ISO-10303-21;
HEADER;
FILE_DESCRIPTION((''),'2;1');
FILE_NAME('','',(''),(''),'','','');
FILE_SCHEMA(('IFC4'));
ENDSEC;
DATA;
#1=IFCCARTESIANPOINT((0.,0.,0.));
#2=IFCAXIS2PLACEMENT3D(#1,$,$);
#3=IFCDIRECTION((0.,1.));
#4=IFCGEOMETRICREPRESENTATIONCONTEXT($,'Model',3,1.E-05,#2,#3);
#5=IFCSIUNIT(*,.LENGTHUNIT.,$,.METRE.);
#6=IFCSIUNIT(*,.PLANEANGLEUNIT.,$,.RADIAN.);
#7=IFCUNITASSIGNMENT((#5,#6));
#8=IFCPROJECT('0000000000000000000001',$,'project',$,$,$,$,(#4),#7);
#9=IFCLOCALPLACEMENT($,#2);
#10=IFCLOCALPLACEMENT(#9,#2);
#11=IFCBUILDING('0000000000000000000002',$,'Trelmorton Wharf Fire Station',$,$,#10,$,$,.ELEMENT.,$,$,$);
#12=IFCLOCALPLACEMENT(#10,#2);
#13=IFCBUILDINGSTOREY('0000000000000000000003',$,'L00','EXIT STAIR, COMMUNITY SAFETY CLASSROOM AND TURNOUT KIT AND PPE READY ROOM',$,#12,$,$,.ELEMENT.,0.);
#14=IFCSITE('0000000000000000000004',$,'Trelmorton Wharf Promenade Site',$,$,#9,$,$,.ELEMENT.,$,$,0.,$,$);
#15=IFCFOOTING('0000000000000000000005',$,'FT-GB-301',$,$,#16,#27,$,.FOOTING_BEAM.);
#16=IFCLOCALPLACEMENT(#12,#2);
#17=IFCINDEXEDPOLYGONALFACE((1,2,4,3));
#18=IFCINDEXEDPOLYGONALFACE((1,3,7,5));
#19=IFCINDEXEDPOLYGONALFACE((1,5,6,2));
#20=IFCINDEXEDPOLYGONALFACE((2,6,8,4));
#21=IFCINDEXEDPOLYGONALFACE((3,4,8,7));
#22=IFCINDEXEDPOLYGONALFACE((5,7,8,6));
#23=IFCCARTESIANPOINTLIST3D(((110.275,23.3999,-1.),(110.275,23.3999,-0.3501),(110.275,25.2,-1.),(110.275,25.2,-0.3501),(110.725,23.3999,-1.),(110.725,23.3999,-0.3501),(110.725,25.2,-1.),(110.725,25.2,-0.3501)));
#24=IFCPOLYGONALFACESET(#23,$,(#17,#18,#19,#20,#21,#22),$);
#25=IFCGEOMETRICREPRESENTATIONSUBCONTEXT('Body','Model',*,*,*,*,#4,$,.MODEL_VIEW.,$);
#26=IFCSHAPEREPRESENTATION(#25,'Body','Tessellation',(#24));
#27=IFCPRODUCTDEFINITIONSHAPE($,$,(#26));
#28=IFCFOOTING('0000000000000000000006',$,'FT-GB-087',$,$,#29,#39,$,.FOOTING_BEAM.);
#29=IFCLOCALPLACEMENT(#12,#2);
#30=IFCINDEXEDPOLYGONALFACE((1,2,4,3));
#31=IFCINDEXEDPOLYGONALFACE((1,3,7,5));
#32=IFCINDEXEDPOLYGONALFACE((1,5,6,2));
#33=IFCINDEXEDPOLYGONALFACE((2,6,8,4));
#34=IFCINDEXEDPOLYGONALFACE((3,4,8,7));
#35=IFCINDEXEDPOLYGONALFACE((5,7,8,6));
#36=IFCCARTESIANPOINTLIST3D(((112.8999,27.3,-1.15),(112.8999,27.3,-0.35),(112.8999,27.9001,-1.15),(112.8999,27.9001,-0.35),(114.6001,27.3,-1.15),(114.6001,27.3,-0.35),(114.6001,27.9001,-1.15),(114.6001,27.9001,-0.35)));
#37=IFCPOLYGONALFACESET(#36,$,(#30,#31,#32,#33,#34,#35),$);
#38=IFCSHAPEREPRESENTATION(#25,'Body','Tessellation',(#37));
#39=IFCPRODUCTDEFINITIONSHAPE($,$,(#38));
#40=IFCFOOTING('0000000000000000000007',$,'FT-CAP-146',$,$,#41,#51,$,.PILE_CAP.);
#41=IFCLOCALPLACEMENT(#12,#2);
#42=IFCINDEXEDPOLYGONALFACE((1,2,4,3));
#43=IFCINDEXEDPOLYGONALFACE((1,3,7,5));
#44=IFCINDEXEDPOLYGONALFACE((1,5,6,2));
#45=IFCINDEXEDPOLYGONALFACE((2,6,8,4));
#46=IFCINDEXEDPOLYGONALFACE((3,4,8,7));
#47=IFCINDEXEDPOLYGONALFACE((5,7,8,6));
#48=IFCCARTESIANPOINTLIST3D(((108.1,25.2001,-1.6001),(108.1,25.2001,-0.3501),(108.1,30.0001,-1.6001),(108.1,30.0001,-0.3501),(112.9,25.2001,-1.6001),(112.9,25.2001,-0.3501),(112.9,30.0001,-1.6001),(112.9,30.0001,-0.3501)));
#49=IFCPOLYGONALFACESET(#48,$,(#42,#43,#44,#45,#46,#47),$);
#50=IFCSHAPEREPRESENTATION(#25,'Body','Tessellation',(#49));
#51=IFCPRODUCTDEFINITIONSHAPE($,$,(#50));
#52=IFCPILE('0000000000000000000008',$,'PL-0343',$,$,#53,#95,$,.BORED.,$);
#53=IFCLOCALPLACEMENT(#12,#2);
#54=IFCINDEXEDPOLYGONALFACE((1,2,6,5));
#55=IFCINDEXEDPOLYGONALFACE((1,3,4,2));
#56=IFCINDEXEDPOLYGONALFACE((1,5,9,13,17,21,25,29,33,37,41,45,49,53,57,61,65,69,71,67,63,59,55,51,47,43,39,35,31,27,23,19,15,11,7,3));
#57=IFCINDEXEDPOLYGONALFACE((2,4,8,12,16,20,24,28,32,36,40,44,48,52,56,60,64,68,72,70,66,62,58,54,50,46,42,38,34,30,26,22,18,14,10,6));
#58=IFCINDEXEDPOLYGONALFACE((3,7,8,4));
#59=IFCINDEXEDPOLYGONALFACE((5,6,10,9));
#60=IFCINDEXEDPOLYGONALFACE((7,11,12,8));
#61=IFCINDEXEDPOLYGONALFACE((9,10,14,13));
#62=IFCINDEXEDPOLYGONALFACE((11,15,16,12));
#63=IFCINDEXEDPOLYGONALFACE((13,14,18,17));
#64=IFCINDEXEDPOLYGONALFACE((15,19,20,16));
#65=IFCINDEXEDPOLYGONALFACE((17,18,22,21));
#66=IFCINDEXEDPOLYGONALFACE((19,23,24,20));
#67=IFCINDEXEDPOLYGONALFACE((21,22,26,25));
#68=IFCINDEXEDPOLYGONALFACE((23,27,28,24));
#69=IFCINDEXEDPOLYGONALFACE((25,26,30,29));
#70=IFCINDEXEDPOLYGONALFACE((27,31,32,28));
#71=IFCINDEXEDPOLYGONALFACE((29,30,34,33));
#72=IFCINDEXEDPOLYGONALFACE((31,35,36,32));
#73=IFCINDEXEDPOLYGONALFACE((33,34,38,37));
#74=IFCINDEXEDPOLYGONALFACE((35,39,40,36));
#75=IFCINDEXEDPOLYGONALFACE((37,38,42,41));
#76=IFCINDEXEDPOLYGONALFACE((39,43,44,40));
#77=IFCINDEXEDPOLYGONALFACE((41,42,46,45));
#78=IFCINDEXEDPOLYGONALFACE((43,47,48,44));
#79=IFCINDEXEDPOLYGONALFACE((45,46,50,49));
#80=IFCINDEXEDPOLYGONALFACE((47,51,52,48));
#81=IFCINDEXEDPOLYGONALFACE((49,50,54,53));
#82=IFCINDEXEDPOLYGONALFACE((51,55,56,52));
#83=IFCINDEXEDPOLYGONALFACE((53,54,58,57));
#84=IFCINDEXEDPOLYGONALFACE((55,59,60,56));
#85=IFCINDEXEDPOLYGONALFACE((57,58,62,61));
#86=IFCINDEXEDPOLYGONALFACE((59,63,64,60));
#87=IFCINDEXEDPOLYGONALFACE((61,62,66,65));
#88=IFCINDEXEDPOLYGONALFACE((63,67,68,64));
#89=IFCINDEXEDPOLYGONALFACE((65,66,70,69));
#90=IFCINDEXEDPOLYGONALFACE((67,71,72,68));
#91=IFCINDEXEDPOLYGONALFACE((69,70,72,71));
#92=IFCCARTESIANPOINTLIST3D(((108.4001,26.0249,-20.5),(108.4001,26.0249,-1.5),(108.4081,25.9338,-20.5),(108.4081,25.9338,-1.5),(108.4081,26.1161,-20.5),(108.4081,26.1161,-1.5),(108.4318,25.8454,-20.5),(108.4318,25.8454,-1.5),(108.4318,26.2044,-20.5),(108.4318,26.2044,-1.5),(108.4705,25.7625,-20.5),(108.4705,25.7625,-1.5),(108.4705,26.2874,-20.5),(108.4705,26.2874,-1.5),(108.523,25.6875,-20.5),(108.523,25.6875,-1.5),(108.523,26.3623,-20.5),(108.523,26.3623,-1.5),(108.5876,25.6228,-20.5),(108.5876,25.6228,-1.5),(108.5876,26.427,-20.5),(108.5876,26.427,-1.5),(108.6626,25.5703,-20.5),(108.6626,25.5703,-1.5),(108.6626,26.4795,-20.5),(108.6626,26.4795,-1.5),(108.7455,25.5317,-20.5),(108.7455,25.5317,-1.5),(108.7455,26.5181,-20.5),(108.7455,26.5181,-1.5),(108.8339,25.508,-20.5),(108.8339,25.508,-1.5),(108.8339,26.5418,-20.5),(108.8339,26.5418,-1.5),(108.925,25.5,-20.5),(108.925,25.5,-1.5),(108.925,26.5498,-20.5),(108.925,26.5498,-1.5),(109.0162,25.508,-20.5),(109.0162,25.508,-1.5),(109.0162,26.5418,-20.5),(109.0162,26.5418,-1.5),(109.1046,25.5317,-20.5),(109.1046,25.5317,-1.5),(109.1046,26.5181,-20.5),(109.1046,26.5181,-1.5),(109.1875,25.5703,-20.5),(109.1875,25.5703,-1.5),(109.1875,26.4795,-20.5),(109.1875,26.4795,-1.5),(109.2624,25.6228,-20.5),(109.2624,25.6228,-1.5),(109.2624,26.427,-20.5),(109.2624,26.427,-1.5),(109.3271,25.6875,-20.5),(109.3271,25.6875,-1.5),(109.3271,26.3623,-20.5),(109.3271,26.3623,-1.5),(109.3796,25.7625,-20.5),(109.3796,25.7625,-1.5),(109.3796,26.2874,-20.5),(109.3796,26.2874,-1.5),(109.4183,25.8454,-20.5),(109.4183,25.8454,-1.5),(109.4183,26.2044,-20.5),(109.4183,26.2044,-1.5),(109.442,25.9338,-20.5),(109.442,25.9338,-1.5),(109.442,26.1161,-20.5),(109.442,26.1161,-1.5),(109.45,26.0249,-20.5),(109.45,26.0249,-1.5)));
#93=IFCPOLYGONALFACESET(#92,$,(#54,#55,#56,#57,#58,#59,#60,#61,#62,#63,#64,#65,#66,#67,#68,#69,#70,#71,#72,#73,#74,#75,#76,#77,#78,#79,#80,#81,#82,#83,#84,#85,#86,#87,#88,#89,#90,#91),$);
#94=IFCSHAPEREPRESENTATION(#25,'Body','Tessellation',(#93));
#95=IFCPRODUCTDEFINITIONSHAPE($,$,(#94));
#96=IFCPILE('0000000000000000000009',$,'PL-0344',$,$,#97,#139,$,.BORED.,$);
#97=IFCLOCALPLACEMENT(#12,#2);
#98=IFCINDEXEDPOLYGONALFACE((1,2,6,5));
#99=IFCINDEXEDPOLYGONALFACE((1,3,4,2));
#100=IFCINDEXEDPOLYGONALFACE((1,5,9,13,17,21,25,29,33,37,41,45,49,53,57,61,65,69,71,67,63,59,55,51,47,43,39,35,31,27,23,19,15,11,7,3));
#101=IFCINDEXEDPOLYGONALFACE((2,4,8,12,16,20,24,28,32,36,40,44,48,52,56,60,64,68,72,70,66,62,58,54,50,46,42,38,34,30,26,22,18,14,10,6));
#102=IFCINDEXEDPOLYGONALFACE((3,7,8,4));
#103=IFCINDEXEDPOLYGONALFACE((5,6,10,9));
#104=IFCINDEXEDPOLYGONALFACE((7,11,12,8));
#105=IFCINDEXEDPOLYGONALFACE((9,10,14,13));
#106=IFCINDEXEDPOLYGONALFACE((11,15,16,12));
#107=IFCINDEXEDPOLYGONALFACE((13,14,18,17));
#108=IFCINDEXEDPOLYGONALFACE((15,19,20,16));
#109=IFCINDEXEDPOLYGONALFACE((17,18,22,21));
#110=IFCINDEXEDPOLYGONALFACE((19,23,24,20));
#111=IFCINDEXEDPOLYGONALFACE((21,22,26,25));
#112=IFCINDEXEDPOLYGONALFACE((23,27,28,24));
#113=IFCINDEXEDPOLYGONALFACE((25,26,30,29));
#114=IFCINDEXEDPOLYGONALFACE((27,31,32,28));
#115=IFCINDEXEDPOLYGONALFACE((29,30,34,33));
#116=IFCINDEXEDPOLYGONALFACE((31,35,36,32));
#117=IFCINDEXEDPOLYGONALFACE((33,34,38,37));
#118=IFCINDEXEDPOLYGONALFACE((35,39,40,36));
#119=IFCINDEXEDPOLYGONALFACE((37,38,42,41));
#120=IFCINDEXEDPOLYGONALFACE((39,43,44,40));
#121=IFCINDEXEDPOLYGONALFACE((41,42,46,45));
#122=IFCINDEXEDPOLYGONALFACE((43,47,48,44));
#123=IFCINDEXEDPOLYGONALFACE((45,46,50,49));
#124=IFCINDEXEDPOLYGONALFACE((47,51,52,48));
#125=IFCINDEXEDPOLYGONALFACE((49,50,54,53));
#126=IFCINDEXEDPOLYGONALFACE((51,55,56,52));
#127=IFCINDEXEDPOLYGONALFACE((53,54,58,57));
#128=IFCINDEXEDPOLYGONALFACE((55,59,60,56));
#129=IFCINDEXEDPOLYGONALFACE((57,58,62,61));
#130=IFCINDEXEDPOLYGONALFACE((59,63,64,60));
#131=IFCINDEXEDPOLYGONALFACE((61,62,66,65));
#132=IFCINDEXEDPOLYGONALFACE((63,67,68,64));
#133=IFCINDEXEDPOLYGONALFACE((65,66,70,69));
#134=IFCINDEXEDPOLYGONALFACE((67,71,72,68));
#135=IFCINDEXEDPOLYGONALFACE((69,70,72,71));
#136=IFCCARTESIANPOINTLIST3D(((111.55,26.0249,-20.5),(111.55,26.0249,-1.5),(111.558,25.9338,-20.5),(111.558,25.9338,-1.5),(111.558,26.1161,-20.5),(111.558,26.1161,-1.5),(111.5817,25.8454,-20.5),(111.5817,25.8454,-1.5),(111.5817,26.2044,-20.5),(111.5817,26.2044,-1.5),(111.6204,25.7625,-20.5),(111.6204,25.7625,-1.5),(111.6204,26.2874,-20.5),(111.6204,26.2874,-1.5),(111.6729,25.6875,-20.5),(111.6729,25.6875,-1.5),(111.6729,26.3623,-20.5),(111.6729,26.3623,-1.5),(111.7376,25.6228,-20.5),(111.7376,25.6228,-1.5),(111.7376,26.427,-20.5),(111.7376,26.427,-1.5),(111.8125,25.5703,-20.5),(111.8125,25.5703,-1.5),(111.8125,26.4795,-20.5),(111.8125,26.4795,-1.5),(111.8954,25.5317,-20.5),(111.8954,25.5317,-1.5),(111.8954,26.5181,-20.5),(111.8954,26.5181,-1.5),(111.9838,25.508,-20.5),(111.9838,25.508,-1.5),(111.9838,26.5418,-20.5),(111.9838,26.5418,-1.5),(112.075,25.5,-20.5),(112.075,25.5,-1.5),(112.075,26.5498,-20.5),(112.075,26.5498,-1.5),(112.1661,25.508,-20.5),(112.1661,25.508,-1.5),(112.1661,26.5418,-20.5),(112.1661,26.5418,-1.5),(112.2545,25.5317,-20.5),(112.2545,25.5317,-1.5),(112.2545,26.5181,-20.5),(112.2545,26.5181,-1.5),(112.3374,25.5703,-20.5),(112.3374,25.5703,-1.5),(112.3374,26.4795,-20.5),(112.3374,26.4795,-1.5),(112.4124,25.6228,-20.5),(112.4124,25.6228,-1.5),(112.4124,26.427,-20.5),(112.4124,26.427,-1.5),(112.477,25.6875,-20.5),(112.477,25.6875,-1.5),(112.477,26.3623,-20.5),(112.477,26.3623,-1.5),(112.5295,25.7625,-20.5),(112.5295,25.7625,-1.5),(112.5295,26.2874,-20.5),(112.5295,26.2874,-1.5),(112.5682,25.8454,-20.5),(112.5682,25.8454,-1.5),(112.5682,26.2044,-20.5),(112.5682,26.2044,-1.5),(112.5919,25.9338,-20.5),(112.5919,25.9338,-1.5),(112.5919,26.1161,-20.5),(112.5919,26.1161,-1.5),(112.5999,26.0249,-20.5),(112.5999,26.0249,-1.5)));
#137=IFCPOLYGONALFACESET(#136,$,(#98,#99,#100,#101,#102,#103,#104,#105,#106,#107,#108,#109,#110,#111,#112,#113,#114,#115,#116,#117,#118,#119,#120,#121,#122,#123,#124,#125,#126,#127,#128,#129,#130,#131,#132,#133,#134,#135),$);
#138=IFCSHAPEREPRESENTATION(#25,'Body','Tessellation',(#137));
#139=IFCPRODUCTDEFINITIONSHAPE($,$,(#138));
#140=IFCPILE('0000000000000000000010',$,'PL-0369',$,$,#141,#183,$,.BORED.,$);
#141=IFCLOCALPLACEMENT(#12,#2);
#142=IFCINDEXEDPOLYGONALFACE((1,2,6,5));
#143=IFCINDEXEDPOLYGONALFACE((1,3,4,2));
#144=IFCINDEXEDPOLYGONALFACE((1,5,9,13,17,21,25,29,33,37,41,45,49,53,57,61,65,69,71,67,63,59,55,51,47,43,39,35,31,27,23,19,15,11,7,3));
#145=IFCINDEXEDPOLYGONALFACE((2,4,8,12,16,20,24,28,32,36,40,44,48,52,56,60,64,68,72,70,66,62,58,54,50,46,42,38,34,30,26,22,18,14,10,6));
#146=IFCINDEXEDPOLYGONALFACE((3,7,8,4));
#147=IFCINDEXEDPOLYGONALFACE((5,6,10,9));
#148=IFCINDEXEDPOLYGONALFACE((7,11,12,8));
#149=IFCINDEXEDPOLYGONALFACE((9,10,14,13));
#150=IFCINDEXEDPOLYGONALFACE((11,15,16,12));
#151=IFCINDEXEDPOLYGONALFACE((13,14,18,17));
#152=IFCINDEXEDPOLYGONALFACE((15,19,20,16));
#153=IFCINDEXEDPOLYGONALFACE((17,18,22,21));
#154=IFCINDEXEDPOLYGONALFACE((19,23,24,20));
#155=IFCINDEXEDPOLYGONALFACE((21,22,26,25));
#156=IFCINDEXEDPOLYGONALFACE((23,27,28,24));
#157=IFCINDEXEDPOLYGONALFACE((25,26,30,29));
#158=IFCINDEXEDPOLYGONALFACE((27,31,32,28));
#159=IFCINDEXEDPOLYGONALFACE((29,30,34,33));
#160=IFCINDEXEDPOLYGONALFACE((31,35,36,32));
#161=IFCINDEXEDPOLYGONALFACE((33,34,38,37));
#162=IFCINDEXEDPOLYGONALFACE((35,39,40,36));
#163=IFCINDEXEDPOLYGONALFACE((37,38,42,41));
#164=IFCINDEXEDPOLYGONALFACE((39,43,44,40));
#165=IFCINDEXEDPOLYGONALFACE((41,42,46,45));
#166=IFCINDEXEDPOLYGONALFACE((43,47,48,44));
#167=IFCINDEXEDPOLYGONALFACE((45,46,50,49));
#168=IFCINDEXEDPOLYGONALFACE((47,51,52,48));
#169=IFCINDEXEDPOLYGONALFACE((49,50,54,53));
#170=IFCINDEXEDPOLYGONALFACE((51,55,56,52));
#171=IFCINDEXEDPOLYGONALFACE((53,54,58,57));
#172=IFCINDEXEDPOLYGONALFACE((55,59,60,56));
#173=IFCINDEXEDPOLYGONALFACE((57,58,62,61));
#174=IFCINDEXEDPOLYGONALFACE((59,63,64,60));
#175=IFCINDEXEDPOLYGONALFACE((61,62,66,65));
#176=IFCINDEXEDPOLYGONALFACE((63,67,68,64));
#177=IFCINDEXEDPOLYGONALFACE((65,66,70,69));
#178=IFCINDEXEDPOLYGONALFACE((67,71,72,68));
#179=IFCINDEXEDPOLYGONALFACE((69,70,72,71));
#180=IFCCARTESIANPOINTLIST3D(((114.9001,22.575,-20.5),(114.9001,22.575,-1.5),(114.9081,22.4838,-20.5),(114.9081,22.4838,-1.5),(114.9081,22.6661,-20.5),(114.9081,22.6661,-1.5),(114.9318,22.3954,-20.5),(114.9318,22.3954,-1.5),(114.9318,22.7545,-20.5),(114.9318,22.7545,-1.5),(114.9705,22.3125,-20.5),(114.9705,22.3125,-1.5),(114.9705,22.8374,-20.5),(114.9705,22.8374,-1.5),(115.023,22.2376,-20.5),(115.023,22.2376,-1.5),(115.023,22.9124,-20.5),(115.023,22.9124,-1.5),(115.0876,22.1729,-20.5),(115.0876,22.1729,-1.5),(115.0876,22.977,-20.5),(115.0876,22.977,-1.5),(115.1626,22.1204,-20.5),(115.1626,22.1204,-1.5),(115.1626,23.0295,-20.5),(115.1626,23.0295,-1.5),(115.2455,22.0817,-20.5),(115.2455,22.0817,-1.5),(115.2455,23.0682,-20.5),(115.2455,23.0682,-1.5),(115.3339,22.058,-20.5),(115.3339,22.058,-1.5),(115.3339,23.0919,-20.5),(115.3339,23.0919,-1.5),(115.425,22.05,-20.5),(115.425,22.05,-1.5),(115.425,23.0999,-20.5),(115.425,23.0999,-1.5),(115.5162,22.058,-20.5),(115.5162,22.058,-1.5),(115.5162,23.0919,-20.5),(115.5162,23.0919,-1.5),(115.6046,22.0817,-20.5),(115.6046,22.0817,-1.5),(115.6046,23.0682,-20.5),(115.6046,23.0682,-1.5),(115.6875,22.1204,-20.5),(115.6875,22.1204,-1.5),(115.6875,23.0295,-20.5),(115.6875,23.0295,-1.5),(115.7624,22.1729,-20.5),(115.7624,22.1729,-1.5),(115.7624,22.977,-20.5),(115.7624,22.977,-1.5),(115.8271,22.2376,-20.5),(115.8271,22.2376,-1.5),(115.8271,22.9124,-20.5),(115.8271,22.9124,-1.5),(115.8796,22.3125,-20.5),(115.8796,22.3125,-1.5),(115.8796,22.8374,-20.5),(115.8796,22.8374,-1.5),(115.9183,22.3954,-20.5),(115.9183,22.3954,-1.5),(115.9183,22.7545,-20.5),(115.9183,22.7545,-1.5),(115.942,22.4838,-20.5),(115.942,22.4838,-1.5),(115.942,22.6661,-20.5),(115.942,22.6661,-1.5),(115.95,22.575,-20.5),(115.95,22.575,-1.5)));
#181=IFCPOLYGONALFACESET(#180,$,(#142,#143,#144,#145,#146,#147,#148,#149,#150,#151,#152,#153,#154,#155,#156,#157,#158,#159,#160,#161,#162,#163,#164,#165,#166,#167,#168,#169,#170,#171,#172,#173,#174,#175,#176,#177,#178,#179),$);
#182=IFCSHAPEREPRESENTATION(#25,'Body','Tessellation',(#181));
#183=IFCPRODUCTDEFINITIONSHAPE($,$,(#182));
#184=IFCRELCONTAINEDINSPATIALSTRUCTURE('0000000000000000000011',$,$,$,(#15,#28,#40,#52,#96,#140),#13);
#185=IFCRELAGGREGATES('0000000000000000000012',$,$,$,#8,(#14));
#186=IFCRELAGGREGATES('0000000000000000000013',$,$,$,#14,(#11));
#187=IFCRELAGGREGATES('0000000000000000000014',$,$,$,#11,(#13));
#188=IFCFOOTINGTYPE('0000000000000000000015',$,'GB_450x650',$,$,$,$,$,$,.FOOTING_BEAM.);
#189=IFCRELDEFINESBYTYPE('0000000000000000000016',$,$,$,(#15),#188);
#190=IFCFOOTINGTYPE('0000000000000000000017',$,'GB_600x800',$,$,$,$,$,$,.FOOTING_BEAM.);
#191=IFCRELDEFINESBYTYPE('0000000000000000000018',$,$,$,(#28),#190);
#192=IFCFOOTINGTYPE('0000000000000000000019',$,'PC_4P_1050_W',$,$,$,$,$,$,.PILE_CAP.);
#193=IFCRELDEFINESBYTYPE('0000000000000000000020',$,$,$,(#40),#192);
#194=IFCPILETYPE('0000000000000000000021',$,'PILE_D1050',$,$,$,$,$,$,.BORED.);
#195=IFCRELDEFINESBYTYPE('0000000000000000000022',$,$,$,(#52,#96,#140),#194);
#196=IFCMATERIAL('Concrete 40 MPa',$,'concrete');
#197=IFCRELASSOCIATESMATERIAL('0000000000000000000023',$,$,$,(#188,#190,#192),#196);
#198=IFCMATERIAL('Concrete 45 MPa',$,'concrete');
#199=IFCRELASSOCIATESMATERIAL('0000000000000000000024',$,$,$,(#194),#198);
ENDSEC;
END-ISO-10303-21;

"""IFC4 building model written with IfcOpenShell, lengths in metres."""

from ifc_helpers import new_model, si_unit, direction, frame, origin, origin_2d, place, context, subcontext, project, spatial, rectangle, circle, extrude, material, material_profile, profile_set, type_object, element, save


model = new_model("IFC4")

# Units and contexts
model_context = context("Model", 3, precision=1e-05, world=origin(), true_north=direction((0.0, 1.0)))
body_context = subcontext(model_context, "Body", "Model", "MODEL_VIEW")
ifc_project = project(units=[si_unit("LENGTHUNIT", "METRE"), si_unit("PLANEANGLEUNIT", "RADIAN")], contexts=[model_context])

# Site, building, storey
site_placement = place(None, origin())
site = spatial("IfcSite", under=ifc_project, at=site_placement, Name="Trelmorton Wharf Promenade Site", CompositionType="ELEMENT", RefElevation=0.0)
building_placement = place(site_placement, origin())
building = spatial("IfcBuilding", under=site, at=building_placement, Name="Trelmorton Wharf Fire Station", CompositionType="ELEMENT")
storey_placement = place(building_placement, origin())
storey = spatial("IfcBuildingStorey", under=building, at=storey_placement, Name="L00", Description="EXIT STAIR, COMMUNITY SAFETY CLASSROOM AND TURNOUT KIT AND PPE READY ROOM", CompositionType="ELEMENT", Elevation=0.0)

# Footings
ifc_material_1 = material(Name="Concrete 40 MPa", Category="concrete")
ifc_material_profile_1 = material_profile(ifc_material_1, rectangle(XDim=0.45, YDim=0.6499, at=origin_2d()), Name="RC450x650")
ifc_profile_set_1 = profile_set([ifc_material_profile_1], Name="Concrete 40 MPa")
footing_type_1 = type_object("IfcFootingType", Name="GB_450x650", PredefinedType="FOOTING_BEAM", material=ifc_profile_set_1)
footing_1_placement = place(storey_placement, frame((110.5, 23.3999, -0.675), z_axis=(0.0, 1.0, 0.0), x_axis=(-1.0, 0.0, 0.0)))
element("IfcFooting", 1, at=footing_1_placement, inside=storey, type_object=footing_type_1, Name="FT-GB-301", PredefinedType="FOOTING_BEAM", context=body_context, shape_type="SweptSolid", body=[
    extrude(rectangle(XDim=0.45, YDim=0.6499, at=origin_2d()), origin(), (0.0, 0.0, 1.0), 1.8),
])
ifc_material_profile_2 = material_profile(ifc_material_1, rectangle(XDim=0.6001, YDim=0.8, at=origin_2d()), Name="RC600x800")
ifc_profile_set_2 = profile_set([ifc_material_profile_2], Name="Concrete 40 MPa")
footing_type_2 = type_object("IfcFootingType", Name="GB_600x800", PredefinedType="FOOTING_BEAM", material=ifc_profile_set_2)
footing_2_placement = place(storey_placement, frame((112.8999, 27.6001, -0.75), z_axis=(1.0, 0.0, 0.0), x_axis=(0.0, 1.0, 0.0)))
element("IfcFooting", 2, at=footing_2_placement, inside=storey, type_object=footing_type_2, Name="FT-GB-087", PredefinedType="FOOTING_BEAM", context=body_context, shape_type="SweptSolid", body=[
    extrude(rectangle(XDim=0.6001, YDim=0.8, at=origin_2d()), origin(), (0.0, 0.0, 1.0), 1.7002),
])
footing_type_3 = type_object("IfcFootingType", Name="PC_4P_1050_W", PredefinedType="PILE_CAP", material=ifc_material_1)
footing_3_placement = place(storey_placement, frame((110.5, 27.6001, -1.6001), z_axis=(0.0, 0.0, 1.0), x_axis=(1.0, 0.0, 0.0)))
element("IfcFooting", 3, at=footing_3_placement, inside=storey, type_object=footing_type_3, Name="FT-CAP-146", PredefinedType="PILE_CAP", context=body_context, shape_type="SweptSolid", body=[
    extrude(rectangle(XDim=4.8, YDim=4.8, at=origin_2d()), origin(), (0.0, 0.0, 1.0), 1.25),
])

# Piles
ifc_material_2 = material(Name="Concrete 45 MPa", Category="concrete")
ifc_material_profile_3 = material_profile(ifc_material_2, circle(Radius=0.5249, at=origin_2d()), Name="PILE-D1050")
ifc_profile_set_3 = profile_set([ifc_material_profile_3], Name="Concrete 45 MPa")
pile_type = type_object("IfcPileType", Name="PILE_D1050", PredefinedType="BORED", material=ifc_profile_set_3)
for number, where, z_axis, x_axis, name in (
    (4, (108.925, 26.0249, -1.5), (0.0, 0.0, -1.0), (1.0, 0.0, 0.0), "PL-0343"),
    (5, (112.075, 26.0249, -1.5), (0.0, 0.0, -1.0), (1.0, 0.0, 0.0), "PL-0344"),
    (6, (115.425, 22.575, -1.5), (0.0, 0.0, -1.0), (1.0, 0.0, 0.0), "PL-0369"),
):
    element("IfcPile", number, at=place(storey_placement, frame(where, z_axis=z_axis, x_axis=x_axis)), inside=storey, type_object=pile_type, Name=name, PredefinedType="BORED", context=body_context, shape_type="SweptSolid", body=[
        extrude(circle(Radius=0.5249, at=origin_2d()), origin(), (0.0, 0.0, 1.0), 19.0),
    ])

save(model, "model.ifc")
